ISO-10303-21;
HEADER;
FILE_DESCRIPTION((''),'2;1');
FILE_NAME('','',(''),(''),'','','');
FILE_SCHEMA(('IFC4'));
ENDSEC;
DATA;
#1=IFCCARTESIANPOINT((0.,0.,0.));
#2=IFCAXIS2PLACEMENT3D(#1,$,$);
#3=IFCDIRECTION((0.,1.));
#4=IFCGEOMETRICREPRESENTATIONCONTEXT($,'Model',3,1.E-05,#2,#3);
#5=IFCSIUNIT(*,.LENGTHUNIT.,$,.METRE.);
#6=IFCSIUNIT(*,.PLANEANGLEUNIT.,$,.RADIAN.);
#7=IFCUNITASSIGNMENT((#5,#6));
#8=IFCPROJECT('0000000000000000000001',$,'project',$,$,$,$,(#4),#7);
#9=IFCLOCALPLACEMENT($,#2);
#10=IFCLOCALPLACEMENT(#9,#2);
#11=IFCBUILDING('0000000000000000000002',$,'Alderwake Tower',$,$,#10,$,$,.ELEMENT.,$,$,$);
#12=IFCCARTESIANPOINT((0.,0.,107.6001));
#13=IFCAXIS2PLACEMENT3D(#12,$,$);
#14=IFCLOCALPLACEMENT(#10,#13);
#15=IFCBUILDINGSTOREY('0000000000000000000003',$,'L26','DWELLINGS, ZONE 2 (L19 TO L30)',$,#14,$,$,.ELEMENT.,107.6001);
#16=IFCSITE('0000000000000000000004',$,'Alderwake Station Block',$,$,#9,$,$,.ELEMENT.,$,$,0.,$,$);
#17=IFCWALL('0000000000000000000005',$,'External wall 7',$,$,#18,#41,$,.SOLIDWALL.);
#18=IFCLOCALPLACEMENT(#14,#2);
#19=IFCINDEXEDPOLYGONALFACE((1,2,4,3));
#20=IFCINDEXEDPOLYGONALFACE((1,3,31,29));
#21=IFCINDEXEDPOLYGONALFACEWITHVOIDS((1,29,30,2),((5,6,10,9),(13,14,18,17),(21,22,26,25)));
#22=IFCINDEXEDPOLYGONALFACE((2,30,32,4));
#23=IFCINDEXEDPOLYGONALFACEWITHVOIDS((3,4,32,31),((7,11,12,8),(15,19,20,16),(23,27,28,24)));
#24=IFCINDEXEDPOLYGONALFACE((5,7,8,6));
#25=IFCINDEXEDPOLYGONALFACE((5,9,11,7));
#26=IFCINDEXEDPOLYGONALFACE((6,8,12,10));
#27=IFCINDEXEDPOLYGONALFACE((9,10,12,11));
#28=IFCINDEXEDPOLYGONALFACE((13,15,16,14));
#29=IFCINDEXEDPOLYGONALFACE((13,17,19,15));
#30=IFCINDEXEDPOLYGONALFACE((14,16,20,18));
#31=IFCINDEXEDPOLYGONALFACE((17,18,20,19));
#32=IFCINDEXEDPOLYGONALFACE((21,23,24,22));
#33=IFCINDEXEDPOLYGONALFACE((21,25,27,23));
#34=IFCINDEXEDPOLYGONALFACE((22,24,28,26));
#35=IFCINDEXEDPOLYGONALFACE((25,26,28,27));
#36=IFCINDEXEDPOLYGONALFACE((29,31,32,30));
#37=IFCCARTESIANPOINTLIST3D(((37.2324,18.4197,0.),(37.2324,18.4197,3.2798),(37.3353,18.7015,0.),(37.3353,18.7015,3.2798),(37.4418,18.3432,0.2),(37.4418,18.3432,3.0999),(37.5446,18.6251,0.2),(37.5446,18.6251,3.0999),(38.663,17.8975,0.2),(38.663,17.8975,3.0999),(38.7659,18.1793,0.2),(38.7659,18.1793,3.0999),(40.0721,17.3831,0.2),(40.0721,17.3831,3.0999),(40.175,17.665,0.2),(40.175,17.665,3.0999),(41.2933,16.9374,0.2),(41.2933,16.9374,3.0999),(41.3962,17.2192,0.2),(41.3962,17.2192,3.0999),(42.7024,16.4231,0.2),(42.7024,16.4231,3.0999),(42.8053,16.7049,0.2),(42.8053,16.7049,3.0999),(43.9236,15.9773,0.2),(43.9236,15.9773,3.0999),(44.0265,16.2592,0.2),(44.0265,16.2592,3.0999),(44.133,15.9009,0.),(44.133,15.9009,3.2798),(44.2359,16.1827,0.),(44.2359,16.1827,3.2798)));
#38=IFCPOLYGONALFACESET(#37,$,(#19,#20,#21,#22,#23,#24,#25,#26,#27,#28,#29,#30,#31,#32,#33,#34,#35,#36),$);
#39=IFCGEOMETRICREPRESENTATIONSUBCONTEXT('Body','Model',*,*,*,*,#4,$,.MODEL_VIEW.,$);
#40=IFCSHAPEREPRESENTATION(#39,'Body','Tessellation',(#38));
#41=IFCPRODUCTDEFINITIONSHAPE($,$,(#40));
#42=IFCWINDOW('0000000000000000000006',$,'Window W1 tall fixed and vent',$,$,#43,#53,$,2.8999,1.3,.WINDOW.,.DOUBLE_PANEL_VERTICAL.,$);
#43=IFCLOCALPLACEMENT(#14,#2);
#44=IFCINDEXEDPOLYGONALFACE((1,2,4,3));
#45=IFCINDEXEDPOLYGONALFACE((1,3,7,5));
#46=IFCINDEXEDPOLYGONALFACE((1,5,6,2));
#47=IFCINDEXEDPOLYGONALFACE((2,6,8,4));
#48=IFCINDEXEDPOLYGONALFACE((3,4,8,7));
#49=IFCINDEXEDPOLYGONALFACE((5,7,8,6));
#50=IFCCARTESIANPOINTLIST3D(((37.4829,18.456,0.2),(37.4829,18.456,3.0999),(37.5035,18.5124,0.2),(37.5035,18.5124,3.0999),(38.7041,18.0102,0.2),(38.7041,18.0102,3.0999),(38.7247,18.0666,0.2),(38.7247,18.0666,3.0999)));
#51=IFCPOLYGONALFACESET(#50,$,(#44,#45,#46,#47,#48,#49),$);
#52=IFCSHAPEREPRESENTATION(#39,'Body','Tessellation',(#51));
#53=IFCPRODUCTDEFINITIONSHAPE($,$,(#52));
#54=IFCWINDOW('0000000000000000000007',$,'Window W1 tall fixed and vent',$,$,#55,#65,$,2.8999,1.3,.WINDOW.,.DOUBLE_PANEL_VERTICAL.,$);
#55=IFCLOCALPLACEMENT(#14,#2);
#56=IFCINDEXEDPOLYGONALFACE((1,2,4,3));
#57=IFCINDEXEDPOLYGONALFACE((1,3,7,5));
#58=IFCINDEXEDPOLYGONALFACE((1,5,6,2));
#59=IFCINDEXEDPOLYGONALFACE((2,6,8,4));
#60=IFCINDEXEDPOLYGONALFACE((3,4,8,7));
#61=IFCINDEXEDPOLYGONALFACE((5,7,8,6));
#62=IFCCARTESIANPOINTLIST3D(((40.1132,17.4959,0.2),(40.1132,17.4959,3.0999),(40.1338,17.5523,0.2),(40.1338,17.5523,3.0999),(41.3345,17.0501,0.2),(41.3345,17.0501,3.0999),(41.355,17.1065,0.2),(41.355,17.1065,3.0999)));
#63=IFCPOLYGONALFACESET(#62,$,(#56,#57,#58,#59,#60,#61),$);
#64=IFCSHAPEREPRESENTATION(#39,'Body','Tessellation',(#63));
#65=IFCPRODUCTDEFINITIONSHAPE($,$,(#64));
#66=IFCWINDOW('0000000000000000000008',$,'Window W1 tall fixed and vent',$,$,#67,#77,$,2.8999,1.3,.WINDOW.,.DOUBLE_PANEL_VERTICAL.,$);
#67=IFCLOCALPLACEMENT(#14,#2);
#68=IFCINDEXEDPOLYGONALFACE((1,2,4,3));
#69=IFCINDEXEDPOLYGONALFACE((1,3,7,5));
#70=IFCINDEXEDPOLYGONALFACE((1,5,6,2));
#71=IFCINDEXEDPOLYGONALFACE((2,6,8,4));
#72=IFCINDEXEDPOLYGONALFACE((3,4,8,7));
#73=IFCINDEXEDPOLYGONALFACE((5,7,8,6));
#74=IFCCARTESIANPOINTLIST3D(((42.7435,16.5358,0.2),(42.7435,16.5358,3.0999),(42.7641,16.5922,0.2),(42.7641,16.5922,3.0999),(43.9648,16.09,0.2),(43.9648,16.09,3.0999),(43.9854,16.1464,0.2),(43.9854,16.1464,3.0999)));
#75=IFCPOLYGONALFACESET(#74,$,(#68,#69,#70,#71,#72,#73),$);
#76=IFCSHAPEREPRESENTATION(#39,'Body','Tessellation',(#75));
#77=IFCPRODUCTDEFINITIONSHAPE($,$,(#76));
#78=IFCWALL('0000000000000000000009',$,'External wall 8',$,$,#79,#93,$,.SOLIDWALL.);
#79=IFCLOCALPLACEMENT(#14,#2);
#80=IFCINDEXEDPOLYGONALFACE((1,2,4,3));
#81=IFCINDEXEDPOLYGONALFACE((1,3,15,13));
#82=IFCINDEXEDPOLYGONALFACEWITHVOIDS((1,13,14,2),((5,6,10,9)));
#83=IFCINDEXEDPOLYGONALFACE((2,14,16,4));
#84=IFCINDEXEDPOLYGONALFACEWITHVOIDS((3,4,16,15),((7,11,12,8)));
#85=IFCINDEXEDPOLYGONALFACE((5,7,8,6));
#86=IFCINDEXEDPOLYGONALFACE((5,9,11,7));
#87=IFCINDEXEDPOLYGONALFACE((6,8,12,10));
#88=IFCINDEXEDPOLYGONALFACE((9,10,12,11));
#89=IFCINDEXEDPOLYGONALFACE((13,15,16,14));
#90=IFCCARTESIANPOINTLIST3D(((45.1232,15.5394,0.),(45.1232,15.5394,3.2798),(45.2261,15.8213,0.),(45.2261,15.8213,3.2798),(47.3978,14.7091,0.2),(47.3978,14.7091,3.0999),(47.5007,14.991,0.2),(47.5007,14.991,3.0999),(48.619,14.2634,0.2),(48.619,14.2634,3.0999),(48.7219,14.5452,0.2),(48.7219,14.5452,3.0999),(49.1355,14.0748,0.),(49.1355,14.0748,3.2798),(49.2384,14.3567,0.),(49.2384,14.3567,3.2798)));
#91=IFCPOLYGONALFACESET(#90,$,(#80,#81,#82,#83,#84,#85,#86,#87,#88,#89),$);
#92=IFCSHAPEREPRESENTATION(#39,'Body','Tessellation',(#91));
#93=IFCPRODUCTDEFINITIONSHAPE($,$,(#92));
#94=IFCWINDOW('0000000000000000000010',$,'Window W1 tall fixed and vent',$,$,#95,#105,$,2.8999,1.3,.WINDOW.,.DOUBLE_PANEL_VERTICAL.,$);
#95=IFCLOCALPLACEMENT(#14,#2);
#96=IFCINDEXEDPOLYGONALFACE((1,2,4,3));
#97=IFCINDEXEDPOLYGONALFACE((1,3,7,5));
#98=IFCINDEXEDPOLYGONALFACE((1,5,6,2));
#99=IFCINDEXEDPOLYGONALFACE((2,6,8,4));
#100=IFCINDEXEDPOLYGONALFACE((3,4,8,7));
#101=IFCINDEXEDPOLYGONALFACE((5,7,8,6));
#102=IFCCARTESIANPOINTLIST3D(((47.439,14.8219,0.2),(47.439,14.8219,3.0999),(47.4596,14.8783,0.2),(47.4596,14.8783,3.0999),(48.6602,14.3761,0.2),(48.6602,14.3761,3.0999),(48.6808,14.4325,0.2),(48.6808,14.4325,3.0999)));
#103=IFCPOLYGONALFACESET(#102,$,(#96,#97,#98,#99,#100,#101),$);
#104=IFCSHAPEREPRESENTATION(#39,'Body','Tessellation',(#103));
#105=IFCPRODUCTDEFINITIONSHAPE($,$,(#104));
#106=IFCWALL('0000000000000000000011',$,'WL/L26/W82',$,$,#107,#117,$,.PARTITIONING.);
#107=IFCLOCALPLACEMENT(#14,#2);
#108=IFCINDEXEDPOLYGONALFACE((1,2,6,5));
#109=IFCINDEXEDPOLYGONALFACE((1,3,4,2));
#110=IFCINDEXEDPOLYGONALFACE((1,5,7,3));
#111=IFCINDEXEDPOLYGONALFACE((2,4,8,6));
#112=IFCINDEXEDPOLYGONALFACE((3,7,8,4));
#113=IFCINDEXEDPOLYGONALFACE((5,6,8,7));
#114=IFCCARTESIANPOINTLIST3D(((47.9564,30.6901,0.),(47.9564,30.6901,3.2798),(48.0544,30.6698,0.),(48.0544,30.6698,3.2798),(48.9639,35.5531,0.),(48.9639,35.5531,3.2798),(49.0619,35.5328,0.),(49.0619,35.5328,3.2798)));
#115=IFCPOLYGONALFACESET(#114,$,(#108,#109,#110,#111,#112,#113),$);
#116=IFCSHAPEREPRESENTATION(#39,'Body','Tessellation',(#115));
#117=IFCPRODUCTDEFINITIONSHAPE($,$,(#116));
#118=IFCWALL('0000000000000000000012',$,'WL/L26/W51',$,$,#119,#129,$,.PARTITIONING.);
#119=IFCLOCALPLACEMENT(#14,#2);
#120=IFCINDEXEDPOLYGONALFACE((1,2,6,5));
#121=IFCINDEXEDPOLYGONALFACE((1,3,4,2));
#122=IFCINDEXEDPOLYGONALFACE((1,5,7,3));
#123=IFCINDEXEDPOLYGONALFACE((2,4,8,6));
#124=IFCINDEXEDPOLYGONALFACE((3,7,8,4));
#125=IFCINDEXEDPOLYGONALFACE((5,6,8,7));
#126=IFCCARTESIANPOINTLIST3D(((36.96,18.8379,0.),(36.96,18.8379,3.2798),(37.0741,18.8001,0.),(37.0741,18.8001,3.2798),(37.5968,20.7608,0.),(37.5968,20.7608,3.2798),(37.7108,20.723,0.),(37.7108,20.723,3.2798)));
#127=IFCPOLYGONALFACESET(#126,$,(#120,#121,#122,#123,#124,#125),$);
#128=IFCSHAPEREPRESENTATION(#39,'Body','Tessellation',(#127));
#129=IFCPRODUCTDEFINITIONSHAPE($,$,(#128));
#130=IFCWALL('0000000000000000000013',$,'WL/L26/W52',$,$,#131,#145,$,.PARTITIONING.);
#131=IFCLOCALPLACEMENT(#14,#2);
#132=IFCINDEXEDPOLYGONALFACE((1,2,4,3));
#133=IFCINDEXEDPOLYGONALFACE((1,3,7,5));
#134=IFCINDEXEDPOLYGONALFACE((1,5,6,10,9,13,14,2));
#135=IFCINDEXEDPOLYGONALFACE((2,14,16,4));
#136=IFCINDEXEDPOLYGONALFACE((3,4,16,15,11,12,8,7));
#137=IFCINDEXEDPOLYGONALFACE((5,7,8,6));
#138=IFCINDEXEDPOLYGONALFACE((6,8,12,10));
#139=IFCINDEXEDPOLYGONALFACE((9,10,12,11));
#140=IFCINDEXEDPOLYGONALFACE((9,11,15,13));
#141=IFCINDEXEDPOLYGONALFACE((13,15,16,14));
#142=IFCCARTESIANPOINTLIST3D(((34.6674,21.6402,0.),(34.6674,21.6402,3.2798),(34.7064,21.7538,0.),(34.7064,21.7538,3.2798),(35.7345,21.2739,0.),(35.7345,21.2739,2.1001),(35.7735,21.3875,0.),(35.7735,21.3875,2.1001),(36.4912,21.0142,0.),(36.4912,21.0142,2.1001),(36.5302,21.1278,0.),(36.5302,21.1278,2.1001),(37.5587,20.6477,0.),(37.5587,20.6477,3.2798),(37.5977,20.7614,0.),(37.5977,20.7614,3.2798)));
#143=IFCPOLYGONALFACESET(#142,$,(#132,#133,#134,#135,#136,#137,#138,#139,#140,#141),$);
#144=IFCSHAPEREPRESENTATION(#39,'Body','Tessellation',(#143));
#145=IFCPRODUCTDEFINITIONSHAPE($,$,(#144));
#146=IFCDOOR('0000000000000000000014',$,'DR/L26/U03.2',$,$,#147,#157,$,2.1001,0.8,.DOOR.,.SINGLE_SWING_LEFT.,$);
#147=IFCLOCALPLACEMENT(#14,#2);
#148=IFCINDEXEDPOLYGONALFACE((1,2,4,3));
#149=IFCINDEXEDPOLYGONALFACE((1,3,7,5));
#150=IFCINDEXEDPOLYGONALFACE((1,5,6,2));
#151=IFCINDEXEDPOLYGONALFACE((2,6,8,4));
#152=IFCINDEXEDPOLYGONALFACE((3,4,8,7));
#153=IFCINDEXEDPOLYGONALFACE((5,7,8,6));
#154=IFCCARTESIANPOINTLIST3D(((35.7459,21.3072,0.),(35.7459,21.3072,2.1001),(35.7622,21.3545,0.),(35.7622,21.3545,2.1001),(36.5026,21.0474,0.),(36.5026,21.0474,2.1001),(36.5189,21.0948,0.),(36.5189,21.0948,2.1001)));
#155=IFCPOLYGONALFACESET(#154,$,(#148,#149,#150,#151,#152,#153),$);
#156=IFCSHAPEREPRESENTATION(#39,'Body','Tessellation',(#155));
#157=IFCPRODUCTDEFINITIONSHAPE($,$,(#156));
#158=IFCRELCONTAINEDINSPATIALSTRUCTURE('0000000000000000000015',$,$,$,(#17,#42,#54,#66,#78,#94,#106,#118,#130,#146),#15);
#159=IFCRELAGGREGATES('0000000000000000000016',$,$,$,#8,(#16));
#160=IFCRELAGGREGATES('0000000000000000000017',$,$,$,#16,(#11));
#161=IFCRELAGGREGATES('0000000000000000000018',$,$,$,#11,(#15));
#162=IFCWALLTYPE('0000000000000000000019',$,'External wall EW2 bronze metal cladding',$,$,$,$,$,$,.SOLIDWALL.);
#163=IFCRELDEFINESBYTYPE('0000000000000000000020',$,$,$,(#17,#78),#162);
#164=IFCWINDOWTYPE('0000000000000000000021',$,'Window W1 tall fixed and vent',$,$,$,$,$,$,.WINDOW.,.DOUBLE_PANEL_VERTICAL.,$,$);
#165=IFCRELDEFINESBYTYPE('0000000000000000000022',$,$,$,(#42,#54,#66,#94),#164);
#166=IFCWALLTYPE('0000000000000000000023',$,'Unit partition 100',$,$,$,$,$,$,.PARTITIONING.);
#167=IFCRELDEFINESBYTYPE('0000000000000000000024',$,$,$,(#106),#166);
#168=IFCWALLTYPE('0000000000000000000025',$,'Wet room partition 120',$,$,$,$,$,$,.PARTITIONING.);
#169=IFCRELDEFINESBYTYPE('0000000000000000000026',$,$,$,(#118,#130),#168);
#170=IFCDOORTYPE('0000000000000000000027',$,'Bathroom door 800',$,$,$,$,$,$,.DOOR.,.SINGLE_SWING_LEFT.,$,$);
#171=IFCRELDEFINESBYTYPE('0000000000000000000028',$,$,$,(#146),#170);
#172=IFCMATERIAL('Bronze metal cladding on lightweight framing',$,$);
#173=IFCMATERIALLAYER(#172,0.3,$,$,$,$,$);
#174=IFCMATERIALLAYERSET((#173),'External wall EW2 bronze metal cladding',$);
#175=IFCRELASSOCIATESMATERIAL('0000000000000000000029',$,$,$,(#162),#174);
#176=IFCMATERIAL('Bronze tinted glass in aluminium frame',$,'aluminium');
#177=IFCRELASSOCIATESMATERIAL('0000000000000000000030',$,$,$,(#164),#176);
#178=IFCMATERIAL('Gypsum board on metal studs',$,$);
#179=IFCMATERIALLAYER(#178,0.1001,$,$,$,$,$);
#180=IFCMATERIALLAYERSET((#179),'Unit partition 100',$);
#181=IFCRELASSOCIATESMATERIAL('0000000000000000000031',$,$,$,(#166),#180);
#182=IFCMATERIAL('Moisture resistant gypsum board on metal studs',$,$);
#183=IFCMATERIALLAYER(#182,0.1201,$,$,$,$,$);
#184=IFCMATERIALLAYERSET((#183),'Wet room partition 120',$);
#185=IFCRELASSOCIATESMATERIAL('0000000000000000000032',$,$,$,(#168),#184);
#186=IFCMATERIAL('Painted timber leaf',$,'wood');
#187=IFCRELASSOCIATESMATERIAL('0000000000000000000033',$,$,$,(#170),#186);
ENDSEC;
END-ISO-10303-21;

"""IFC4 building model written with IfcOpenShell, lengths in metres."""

from ifc_helpers import new_model, si_unit, direction, frame, frame_2d, origin, place, context, subcontext, project, spatial, rectangle, extrude, material, layer, layer_set, type_object, element, fill, save


model = new_model("IFC4")

# Units and contexts
model_context = context("Model", 3, precision=1e-05, world=origin(), true_north=direction((0.0, 1.0)))
body_context = subcontext(model_context, "Body", "Model", "MODEL_VIEW")
ifc_project = project(units=[si_unit("LENGTHUNIT", "METRE"), si_unit("PLANEANGLEUNIT", "RADIAN")], contexts=[model_context])

# Site, building, storey
site_placement = place(None, origin())
site = spatial("IfcSite", under=ifc_project, at=site_placement, Name="Alderwake Station Block", CompositionType="ELEMENT", RefElevation=0.0)
building_placement = place(site_placement, origin())
building = spatial("IfcBuilding", under=site, at=building_placement, Name="Alderwake Tower", CompositionType="ELEMENT")
storey_placement = place(building_placement, frame((0.0, 0.0, 107.6001)))
storey = spatial("IfcBuildingStorey", under=building, at=storey_placement, Name="L26", Description="DWELLINGS, ZONE 2 (L19 TO L30)", CompositionType="ELEMENT", Elevation=107.6001)

# Wall, openings, windows
ifc_material_1 = material(Name="Bronze metal cladding on lightweight framing")
ifc_layer_1 = layer(ifc_material_1, 0.3)
ifc_layer_set_1 = layer_set([ifc_layer_1], Name="External wall EW2 bronze metal cladding")
wall_type_1 = type_object("IfcWallType", Name="External wall EW2 bronze metal cladding", PredefinedType="SOLIDWALL", material=ifc_layer_set_1)
wall_1_placement = place(storey_placement, frame((37.2839, 18.5605, 0.0), z_axis=(0.0, 0.0, 1.0), x_axis=(0.939378, -0.342882, 0.0)))
wall_1 = element("IfcWall", 1, at=wall_1_placement, inside=storey, type_object=wall_type_1, Name="External wall 7", PredefinedType="SOLIDWALL", context=body_context, shape_type="SweptSolid", body=[
    extrude(rectangle(XDim=7.3459, YDim=0.3, at=frame_2d((3.6729, 0.0))), origin(), (0.0, 0.0, 1.0), 3.2798),
])
opening_1_placement = place(wall_1_placement, frame((0.2229, 0.0, 0.2)))
opening_1 = element("IfcOpeningElement", 2, at=opening_1_placement, cuts=wall_1, PredefinedType="OPENING", context=body_context, shape_type="SweptSolid", body=[
    extrude(rectangle(XDim=1.3, YDim=2.8999, at=frame_2d((0.6499, 1.45))), frame((0.0, 0.1599, 0.0), z_axis=(0.0, -1.0, 0.0), x_axis=(1.0, 0.0, 0.0)), (0.0, 0.0, 1.0), 0.3201),
])
opening_2_placement = place(wall_1_placement, frame((3.0229, 0.0, 0.2)))
opening_2 = element("IfcOpeningElement", 3, at=opening_2_placement, cuts=wall_1, PredefinedType="OPENING", context=body_context, shape_type="SweptSolid", body=[
    extrude(rectangle(XDim=1.3, YDim=2.8999, at=frame_2d((0.6499, 1.45))), frame((0.0, 0.1599, 0.0), z_axis=(0.0, -1.0, 0.0), x_axis=(1.0, 0.0, 0.0)), (0.0, 0.0, 1.0), 0.3201),
])
opening_3_placement = place(wall_1_placement, frame((5.823, 0.0, 0.2)))
opening_3 = element("IfcOpeningElement", 4, at=opening_3_placement, cuts=wall_1, PredefinedType="OPENING", context=body_context, shape_type="SweptSolid", body=[
    extrude(rectangle(XDim=1.3, YDim=2.8999, at=frame_2d((0.6499, 1.45))), frame((0.0, 0.1599, 0.0), z_axis=(0.0, -1.0, 0.0), x_axis=(1.0, 0.0, 0.0)), (0.0, 0.0, 1.0), 0.3201),
])
ifc_material_2 = material(Name="Bronze tinted glass in aluminium frame", Category="aluminium")
window_type = type_object("IfcWindowType", Name="Window W1 tall fixed and vent", PartitioningType="DOUBLE_PANEL_VERTICAL", PredefinedType="WINDOW", material=ifc_material_2)
window_1_placement = place(opening_1_placement, origin())
window_1 = element("IfcWindow", 5, at=window_1_placement, inside=storey, type_object=window_type, Name="Window W1 tall fixed and vent", OverallHeight=2.8999, OverallWidth=1.3, PartitioningType="DOUBLE_PANEL_VERTICAL", PredefinedType="WINDOW", context=body_context, shape_type="SweptSolid", body=[
    extrude(rectangle(XDim=1.3, YDim=2.8999, at=frame_2d((0.6499, 1.45))), frame((0.0, 0.03, 0.0), z_axis=(0.0, -1.0, 0.0), x_axis=(1.0, 0.0, 0.0)), (0.0, 0.0, 1.0), 0.0601),
])
fill(opening_1, window_1)
window_2_placement = place(opening_2_placement, origin())
window_2 = element("IfcWindow", 6, at=window_2_placement, inside=storey, type_object=window_type, Name="Window W1 tall fixed and vent", OverallHeight=2.8999, OverallWidth=1.3, PartitioningType="DOUBLE_PANEL_VERTICAL", PredefinedType="WINDOW", context=body_context, shape_type="SweptSolid", body=[
    extrude(rectangle(XDim=1.3, YDim=2.8999, at=frame_2d((0.6499, 1.45))), frame((0.0, 0.03, 0.0), z_axis=(0.0, -1.0, 0.0), x_axis=(1.0, 0.0, 0.0)), (0.0, 0.0, 1.0), 0.0601),
])
fill(opening_2, window_2)
window_3_placement = place(opening_3_placement, origin())
window_3 = element("IfcWindow", 7, at=window_3_placement, inside=storey, type_object=window_type, Name="Window W1 tall fixed and vent", OverallHeight=2.8999, OverallWidth=1.3, PartitioningType="DOUBLE_PANEL_VERTICAL", PredefinedType="WINDOW", context=body_context, shape_type="SweptSolid", body=[
    extrude(rectangle(XDim=1.3, YDim=2.8999, at=frame_2d((0.6499, 1.45))), frame((0.0, 0.03, 0.0), z_axis=(0.0, -1.0, 0.0), x_axis=(1.0, 0.0, 0.0)), (0.0, 0.0, 1.0), 0.0601),
])
fill(opening_3, window_3)

# Wall, opening, window
wall_2_placement = place(storey_placement, frame((45.1746, 15.6804, 0.0), z_axis=(0.0, 0.0, 1.0), x_axis=(0.93937, -0.342904, 0.0)))
wall_2 = element("IfcWall", 8, at=wall_2_placement, inside=storey, type_object=wall_type_1, Name="External wall 8", PredefinedType="SOLIDWALL", context=body_context, shape_type="SweptSolid", body=[
    extrude(rectangle(XDim=4.2712, YDim=0.3, at=frame_2d((2.1357, 0.0))), origin(), (0.0, 0.0, 1.0), 3.2798),
])
opening_4_placement = place(wall_2_placement, frame((2.4216, 0.0, 0.2)))
opening_4 = element("IfcOpeningElement", 9, at=opening_4_placement, cuts=wall_2, PredefinedType="OPENING", context=body_context, shape_type="SweptSolid", body=[
    extrude(rectangle(XDim=1.3, YDim=2.8999, at=frame_2d((0.6499, 1.45))), frame((0.0, 0.1599, 0.0), z_axis=(0.0, -1.0, 0.0), x_axis=(1.0, 0.0, 0.0)), (0.0, 0.0, 1.0), 0.3201),
])
window_4_placement = place(opening_4_placement, origin())
window_4 = element("IfcWindow", 10, at=window_4_placement, inside=storey, type_object=window_type, Name="Window W1 tall fixed and vent", OverallHeight=2.8999, OverallWidth=1.3, PartitioningType="DOUBLE_PANEL_VERTICAL", PredefinedType="WINDOW", context=body_context, shape_type="SweptSolid", body=[
    extrude(rectangle(XDim=1.3, YDim=2.8999, at=frame_2d((0.6499, 1.45))), frame((0.0, 0.03, 0.0), z_axis=(0.0, -1.0, 0.0), x_axis=(1.0, 0.0, 0.0)), (0.0, 0.0, 1.0), 0.0601),
])
fill(opening_4, window_4)

# Walls
ifc_material_3 = material(Name="Gypsum board on metal studs")
ifc_layer_2 = layer(ifc_material_3, 0.1001)
ifc_layer_set_2 = layer_set([ifc_layer_2], Name="Unit partition 100")
wall_type_2 = type_object("IfcWallType", Name="Unit partition 100", PredefinedType="PARTITIONING", material=ifc_layer_set_2)
wall_3_placement = place(storey_placement, frame((48.0054, 30.6799, 0.0), z_axis=(0.0, 0.0, 1.0), x_axis=(0.20288, 0.979204, 0.0)))
element("IfcWall", 11, at=wall_3_placement, inside=storey, type_object=wall_type_2, Name="WL/L26/W82", PredefinedType="PARTITIONING", context=body_context, shape_type="SweptSolid", body=[
    extrude(rectangle(XDim=4.9663, YDim=0.1001, at=frame_2d((2.4832, 0.0))), origin(), (0.0, 0.0, 1.0), 3.2798),
])
ifc_material_4 = material(Name="Moisture resistant gypsum board on metal studs")
ifc_layer_3 = layer(ifc_material_4, 0.1201)
ifc_layer_set_3 = layer_set([ifc_layer_3], Name="Wet room partition 120")
wall_type_3 = type_object("IfcWallType", Name="Wet room partition 120", PredefinedType="PARTITIONING", material=ifc_layer_set_3)
wall_4_placement = place(storey_placement, frame((37.0171, 18.8191, 0.0), z_axis=(0.0, 0.0, 1.0), x_axis=(0.314347, 0.949308, 0.0)))
element("IfcWall", 12, at=wall_4_placement, inside=storey, type_object=wall_type_3, Name="WL/L26/W51", PredefinedType="PARTITIONING", context=body_context, shape_type="SweptSolid", body=[
    extrude(rectangle(XDim=2.0256, YDim=0.1201, at=frame_2d((1.0127, 0.0))), origin(), (0.0, 0.0, 1.0), 3.2798),
])

# Wall, opening, door
wall_5_placement = place(storey_placement, frame((37.5781, 20.7046, 0.0), z_axis=(0.0, 0.0, 1.0), x_axis=(-0.945835, 0.324649, 0.0)))
wall_5 = element("IfcWall", 13, at=wall_5_placement, inside=storey, type_object=wall_type_3, Name="WL/L26/W52", PredefinedType="PARTITIONING", context=body_context, shape_type="SweptSolid", body=[
    extrude(rectangle(XDim=3.0569, YDim=0.1201, at=frame_2d((1.5283, 0.0))), origin(), (0.0, 0.0, 1.0), 3.2798),
])
opening_5_placement = place(wall_5_placement, frame((1.1287, 0.0, 0.0)))
opening_5 = element("IfcOpeningElement", 14, at=opening_5_placement, cuts=wall_5, PredefinedType="OPENING", context=body_context, shape_type="SweptSolid", body=[
    extrude(rectangle(XDim=0.8, YDim=2.1001, at=frame_2d((0.3999, 1.05))), frame((0.0, 0.0701, 0.0), z_axis=(0.0, -1.0, 0.0), x_axis=(1.0, 0.0, 0.0)), (0.0, 0.0, 1.0), 0.1401),
])
ifc_material_5 = material(Name="Painted timber leaf", Category="wood")
door_type_1 = type_object("IfcDoorType", Name="Bathroom door 800", OperationType="SINGLE_SWING_LEFT", PredefinedType="DOOR", material=ifc_material_5)
door_1_placement = place(opening_5_placement, origin())
door_1 = element("IfcDoor", 15, at=door_1_placement, inside=storey, type_object=door_type_1, Name="DR/L26/U03.2", OperationType="SINGLE_SWING_LEFT", OverallHeight=2.1001, OverallWidth=0.8, PredefinedType="DOOR", context=body_context, shape_type="SweptSolid", body=[
    extrude(rectangle(XDim=0.8, YDim=2.1001, at=frame_2d((0.3999, 1.05))), frame((0.0, 0.0249, 0.0), z_axis=(0.0, -1.0, 0.0), x_axis=(1.0, 0.0, 0.0)), (0.0, 0.0, 1.0), 0.05),
])
fill(opening_5, door_1)

save(model, "model.ifc")
